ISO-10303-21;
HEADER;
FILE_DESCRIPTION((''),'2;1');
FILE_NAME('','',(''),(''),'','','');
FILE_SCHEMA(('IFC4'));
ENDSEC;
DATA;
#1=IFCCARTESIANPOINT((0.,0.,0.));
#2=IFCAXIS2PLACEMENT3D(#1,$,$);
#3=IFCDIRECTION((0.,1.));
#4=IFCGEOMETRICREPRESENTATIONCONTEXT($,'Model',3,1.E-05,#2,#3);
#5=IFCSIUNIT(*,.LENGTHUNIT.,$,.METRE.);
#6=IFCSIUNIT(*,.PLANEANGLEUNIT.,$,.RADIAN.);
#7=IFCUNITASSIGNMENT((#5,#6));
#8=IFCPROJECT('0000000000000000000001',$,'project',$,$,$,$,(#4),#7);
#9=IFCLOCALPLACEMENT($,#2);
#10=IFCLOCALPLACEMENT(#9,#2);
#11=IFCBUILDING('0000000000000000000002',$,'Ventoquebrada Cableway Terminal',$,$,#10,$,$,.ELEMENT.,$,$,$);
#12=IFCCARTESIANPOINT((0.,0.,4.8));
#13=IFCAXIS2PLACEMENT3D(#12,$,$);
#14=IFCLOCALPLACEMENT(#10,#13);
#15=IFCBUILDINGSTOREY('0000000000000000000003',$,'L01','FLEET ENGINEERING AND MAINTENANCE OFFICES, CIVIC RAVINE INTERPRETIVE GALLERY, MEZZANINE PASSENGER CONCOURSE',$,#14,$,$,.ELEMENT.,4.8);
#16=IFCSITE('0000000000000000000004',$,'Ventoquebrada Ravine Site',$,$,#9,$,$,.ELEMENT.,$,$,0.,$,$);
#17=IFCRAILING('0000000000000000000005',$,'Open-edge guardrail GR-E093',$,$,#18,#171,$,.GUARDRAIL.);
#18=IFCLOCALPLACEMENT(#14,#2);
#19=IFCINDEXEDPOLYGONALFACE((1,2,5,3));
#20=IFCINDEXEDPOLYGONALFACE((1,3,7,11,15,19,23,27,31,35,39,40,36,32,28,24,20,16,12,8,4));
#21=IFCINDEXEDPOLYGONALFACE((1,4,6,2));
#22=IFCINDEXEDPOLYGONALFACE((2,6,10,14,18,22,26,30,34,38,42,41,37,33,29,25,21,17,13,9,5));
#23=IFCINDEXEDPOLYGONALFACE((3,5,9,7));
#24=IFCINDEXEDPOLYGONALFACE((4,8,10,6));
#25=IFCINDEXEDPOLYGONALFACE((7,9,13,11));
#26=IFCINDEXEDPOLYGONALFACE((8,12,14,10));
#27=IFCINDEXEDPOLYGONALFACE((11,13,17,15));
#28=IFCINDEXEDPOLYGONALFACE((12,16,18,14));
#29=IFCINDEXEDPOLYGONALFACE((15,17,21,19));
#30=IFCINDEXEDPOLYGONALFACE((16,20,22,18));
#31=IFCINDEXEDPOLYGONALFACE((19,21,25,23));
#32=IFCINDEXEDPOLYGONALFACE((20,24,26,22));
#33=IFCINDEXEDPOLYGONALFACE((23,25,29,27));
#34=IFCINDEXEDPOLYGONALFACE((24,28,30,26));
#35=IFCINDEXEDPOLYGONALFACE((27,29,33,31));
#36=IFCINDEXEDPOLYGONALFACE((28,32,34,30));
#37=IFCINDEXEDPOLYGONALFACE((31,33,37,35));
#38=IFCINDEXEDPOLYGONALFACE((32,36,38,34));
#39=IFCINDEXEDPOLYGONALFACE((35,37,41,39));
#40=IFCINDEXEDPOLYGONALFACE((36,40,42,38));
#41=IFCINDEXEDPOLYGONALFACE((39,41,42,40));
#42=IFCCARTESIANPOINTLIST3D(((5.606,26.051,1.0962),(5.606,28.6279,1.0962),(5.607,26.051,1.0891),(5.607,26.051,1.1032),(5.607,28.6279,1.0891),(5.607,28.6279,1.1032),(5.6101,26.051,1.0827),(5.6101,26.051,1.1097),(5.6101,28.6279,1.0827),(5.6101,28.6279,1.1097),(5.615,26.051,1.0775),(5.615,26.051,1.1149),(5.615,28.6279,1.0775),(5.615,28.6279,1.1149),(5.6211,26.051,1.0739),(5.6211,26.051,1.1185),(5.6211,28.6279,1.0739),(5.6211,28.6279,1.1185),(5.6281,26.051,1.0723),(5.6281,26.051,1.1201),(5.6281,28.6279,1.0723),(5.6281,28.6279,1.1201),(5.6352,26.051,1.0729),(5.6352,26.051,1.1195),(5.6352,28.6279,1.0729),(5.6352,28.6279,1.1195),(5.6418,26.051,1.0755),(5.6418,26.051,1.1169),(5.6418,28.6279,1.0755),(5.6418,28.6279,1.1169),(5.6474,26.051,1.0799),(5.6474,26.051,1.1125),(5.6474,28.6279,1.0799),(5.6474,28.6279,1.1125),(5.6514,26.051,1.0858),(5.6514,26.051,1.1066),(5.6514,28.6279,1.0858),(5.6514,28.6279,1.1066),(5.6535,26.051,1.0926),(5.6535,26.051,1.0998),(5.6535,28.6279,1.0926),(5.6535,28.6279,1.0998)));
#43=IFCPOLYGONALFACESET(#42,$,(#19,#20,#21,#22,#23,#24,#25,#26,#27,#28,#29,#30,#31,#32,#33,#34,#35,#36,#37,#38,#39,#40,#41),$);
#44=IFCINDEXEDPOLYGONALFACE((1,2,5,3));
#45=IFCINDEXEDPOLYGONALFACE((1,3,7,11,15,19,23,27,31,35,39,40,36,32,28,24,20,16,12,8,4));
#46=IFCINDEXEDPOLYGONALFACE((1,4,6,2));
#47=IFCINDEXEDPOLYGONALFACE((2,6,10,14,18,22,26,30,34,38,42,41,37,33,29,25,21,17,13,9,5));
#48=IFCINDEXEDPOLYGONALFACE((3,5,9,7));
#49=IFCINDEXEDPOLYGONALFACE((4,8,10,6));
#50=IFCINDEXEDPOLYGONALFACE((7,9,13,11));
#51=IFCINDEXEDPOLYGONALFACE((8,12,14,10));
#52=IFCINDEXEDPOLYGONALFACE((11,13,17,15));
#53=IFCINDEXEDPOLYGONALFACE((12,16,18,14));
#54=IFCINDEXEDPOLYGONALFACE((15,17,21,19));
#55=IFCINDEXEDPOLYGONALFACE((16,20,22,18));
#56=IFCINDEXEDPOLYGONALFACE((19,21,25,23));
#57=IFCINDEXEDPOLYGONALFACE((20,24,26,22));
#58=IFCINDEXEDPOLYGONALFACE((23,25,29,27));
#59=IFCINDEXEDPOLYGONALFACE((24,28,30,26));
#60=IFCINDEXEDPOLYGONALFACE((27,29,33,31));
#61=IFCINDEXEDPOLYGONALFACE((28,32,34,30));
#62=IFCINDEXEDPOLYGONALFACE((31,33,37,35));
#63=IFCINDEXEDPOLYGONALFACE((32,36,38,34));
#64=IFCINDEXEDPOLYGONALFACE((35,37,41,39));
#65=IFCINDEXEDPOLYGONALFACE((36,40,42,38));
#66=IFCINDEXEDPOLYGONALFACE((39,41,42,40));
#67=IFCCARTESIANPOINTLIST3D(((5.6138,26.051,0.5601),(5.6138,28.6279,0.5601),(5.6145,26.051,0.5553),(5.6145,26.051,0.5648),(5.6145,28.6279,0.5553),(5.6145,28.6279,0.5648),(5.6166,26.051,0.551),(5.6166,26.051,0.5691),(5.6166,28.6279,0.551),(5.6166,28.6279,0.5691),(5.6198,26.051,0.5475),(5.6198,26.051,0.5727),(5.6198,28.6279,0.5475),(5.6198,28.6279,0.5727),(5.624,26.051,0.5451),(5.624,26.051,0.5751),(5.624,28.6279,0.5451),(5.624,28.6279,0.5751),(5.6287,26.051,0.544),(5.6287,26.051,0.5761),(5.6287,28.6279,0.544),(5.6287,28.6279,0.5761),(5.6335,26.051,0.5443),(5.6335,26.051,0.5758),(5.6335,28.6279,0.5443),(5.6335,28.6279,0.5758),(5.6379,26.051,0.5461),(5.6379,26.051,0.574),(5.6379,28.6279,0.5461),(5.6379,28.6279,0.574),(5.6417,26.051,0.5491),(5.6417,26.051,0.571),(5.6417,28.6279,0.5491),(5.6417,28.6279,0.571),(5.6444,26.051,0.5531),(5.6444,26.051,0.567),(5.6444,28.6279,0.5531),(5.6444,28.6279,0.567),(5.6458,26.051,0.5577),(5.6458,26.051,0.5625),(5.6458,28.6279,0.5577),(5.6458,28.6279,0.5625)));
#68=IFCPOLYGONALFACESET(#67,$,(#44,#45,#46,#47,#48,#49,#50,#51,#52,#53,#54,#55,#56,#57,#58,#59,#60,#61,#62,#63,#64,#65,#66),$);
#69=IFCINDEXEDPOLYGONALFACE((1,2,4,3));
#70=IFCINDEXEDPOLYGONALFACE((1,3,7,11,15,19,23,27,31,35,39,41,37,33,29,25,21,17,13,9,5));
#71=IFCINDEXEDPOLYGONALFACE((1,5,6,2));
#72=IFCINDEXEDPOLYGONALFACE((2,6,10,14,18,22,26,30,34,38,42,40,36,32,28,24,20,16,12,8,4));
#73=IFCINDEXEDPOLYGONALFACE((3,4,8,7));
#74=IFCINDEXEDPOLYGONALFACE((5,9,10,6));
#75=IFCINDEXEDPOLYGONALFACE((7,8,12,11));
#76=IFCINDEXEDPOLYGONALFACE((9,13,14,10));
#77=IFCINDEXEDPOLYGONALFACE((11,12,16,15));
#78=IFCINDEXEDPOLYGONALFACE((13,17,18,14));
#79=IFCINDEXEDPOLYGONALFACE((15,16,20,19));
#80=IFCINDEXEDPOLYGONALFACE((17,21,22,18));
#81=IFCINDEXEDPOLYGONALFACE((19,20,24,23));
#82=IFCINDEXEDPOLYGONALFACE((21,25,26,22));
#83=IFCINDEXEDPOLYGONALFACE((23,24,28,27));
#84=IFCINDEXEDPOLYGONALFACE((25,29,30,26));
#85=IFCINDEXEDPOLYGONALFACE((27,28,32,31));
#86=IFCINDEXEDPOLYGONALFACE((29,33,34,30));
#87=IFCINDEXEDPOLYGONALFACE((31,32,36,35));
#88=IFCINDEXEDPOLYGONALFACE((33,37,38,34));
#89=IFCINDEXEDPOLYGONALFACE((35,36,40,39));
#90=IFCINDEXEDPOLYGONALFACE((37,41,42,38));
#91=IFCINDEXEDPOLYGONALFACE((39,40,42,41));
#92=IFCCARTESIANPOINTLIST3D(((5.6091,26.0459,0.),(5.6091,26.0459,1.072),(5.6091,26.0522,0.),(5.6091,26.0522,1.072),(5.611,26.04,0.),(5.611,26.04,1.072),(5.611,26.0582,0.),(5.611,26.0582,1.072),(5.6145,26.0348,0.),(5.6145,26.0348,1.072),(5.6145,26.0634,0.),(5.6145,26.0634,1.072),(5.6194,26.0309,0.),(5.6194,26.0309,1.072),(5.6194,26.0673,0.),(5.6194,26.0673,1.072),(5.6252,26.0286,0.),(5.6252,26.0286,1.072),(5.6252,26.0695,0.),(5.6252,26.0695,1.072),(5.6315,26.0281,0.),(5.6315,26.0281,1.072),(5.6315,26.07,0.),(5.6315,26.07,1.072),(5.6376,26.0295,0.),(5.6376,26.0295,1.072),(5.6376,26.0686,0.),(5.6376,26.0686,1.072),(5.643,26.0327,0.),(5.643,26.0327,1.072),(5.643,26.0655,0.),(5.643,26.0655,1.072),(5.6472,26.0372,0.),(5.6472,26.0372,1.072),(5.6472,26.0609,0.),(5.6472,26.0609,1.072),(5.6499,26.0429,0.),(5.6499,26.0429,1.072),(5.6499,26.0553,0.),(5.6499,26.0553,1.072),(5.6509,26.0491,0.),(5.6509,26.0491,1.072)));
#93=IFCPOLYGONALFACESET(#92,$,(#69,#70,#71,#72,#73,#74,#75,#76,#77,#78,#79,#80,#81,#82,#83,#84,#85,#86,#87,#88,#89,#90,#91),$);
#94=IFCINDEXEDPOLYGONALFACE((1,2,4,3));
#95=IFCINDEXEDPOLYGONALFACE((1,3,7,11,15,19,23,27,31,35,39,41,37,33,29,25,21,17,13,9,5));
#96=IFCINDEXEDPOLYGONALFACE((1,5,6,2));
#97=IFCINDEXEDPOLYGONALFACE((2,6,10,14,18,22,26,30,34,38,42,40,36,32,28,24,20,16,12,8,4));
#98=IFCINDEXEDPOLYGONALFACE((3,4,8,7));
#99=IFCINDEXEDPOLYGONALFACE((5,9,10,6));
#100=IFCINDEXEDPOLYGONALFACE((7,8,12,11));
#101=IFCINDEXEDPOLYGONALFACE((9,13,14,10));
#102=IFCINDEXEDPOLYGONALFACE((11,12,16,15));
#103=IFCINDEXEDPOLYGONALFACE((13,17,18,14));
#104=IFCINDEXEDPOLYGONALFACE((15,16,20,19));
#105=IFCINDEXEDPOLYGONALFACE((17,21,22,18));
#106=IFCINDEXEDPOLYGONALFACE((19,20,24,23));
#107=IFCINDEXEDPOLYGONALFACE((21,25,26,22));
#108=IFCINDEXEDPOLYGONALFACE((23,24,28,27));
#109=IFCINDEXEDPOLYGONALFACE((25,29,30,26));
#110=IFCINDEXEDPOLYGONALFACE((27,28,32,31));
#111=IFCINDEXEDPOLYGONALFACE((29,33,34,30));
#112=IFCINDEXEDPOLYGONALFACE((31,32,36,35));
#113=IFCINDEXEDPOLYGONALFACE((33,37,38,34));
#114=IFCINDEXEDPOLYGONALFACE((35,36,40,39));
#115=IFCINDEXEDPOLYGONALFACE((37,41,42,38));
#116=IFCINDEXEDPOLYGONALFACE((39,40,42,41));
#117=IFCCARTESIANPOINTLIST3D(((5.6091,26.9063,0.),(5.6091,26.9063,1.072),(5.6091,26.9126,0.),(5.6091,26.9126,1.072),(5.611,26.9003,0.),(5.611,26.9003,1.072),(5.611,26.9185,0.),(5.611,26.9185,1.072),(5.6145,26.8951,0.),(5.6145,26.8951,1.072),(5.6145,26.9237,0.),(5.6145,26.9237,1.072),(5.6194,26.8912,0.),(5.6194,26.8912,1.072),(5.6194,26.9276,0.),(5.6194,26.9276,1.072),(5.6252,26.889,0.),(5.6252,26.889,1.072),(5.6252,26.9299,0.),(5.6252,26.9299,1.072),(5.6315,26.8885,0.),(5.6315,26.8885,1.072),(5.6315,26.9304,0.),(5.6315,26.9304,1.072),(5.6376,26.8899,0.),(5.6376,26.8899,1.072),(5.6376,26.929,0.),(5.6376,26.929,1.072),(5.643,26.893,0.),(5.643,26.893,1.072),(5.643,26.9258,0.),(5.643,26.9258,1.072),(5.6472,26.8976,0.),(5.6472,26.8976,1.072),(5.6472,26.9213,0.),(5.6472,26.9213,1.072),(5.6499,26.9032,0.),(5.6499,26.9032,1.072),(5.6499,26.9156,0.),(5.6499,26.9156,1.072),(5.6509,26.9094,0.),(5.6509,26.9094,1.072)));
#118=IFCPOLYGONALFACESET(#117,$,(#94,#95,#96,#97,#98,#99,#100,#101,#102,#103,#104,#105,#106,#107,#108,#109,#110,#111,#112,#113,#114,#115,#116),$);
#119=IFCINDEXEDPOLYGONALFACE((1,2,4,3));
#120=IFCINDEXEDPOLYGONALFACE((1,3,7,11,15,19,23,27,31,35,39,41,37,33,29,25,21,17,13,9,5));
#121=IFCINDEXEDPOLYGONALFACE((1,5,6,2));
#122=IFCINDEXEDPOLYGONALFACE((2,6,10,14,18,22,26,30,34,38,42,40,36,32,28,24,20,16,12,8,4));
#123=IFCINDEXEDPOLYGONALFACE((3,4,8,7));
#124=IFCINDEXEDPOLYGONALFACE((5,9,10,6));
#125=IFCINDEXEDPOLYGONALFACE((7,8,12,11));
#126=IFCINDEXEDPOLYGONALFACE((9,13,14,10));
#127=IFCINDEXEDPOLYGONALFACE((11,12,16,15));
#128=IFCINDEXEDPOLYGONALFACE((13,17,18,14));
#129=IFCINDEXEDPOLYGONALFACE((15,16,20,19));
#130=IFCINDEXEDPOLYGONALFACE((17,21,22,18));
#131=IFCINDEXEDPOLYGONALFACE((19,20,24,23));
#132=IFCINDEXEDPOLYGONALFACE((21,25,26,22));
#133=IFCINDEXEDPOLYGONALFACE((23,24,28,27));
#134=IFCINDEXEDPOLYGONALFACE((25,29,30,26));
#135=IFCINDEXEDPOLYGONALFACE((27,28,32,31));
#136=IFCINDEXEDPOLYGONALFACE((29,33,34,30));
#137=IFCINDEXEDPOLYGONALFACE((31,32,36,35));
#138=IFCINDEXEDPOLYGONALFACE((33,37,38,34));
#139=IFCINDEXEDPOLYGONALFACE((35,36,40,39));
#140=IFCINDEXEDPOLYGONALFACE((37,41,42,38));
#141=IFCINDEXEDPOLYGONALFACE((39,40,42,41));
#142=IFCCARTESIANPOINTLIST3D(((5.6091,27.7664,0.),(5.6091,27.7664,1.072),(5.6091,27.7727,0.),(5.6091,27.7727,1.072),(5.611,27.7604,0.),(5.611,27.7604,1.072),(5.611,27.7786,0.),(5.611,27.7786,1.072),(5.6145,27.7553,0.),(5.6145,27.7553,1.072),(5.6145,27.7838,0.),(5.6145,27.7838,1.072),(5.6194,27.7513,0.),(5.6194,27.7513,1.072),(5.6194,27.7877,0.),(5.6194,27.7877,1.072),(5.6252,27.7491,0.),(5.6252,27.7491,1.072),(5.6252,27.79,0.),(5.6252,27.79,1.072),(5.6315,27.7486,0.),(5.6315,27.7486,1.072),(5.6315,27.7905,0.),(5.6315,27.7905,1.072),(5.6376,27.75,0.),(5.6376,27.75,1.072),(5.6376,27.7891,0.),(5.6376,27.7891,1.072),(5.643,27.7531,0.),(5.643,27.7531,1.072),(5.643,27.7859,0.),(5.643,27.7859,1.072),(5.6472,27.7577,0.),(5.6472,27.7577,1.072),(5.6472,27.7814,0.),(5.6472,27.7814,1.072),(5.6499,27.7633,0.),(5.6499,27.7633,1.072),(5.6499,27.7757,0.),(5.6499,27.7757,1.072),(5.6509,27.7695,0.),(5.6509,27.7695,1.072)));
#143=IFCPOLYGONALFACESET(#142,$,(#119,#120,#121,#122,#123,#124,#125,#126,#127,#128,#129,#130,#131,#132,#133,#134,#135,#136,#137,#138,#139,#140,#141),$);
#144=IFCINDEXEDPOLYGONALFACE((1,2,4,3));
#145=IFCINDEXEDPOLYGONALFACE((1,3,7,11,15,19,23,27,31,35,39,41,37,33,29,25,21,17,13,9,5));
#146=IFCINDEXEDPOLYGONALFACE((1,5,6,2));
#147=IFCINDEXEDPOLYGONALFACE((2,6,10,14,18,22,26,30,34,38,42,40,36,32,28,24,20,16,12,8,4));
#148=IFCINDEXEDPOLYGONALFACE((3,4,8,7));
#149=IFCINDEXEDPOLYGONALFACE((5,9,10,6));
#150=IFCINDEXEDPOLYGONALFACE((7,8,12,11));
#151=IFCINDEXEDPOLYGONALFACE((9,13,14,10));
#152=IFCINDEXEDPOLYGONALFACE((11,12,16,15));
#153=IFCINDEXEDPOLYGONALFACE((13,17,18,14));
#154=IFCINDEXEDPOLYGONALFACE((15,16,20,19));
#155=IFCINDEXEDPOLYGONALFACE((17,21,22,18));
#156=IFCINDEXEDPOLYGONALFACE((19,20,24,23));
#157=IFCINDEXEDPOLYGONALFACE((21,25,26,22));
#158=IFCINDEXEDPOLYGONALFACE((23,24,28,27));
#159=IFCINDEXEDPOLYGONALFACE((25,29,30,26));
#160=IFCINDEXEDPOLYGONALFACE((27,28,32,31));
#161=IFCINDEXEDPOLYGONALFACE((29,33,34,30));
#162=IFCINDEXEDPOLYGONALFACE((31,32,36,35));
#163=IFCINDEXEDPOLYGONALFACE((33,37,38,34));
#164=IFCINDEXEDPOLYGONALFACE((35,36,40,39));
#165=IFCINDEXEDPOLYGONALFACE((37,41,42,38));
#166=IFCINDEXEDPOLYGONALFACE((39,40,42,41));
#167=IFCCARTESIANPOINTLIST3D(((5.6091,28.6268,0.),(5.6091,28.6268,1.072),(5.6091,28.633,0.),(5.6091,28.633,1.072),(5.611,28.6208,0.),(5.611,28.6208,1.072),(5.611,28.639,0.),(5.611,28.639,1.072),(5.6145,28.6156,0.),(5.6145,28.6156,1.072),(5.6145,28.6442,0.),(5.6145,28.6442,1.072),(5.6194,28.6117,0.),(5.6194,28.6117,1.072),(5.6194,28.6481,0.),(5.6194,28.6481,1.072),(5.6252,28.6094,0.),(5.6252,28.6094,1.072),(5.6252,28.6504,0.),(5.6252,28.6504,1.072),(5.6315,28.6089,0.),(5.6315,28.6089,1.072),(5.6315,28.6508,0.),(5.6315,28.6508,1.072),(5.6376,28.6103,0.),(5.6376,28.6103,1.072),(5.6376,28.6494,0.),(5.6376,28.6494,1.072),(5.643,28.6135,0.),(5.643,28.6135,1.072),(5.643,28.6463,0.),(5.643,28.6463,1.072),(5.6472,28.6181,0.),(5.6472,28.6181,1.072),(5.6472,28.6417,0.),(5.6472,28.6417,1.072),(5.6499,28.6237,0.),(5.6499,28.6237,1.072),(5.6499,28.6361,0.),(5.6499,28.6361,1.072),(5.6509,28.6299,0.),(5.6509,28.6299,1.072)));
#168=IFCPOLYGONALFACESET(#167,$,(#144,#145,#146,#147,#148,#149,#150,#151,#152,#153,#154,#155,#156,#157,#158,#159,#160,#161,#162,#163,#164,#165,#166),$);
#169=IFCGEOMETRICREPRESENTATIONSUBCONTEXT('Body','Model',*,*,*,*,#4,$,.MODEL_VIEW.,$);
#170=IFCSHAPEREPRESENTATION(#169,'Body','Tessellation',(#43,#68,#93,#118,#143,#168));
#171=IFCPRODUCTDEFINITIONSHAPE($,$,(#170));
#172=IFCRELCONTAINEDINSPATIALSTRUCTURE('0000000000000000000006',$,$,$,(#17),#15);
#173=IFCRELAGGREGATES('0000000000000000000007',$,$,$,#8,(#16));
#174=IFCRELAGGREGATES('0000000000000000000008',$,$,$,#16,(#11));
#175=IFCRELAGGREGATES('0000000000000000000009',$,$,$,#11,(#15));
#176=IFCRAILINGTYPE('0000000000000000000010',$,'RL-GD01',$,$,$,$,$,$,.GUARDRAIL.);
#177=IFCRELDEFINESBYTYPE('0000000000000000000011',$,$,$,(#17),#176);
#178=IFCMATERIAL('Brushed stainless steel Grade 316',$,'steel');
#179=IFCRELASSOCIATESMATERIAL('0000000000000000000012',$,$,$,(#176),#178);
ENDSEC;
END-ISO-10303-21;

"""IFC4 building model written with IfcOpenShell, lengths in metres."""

from ifc_helpers import new_model, si_unit, direction, frame, origin, origin_2d, place, context, subcontext, project, spatial, circle, extrude, material, type_object, element, save


model = new_model("IFC4")

# Units and contexts
model_context = context("Model", 3, precision=1e-05, world=origin(), true_north=direction((0.0, 1.0)))
body_context = subcontext(model_context, "Body", "Model", "MODEL_VIEW")
ifc_project = project(units=[si_unit("LENGTHUNIT", "METRE"), si_unit("PLANEANGLEUNIT", "RADIAN")], contexts=[model_context])

# Site, building, storey
site_placement = place(None, origin())
site = spatial("IfcSite", under=ifc_project, at=site_placement, Name="Ventoquebrada Ravine Site", CompositionType="ELEMENT", RefElevation=0.0)
building_placement = place(site_placement, origin())
building = spatial("IfcBuilding", under=site, at=building_placement, Name="Ventoquebrada Cableway Terminal", CompositionType="ELEMENT")
storey_placement = place(building_placement, frame((0.0, 0.0, 4.8)))
storey = spatial("IfcBuildingStorey", under=building, at=storey_placement, Name="L01", Description="FLEET ENGINEERING AND MAINTENANCE OFFICES, CIVIC RAVINE INTERPRETIVE GALLERY, MEZZANINE PASSENGER CONCOURSE", CompositionType="ELEMENT", Elevation=4.8)

# Shared definitions
ifc_material_1 = material(Name="Brushed stainless steel Grade 316", Category="steel")

# Railing
railing_type = type_object("IfcRailingType", Name="RL-GD01", PredefinedType="GUARDRAIL", material=ifc_material_1)
railing_1_placement = place(storey_placement, frame((5.6299, 26.0491, 0.0)))
element("IfcRailing", 1, at=railing_1_placement, inside=storey, type_object=railing_type, Name="Open-edge guardrail GR-E093", PredefinedType="GUARDRAIL", context=body_context, shape_type="SweptSolid", body=[
    extrude(circle(Radius=0.0239, at=origin_2d()), frame((0.0, 0.002, 1.0962), z_axis=(0.0, 1.0, 0.0), x_axis=(-1.0, 0.0, 0.0)), (0.0, 0.0, 1.0), 2.5769),
    extrude(circle(Radius=0.0161, at=origin_2d()), frame((0.0, 0.002, 0.5601), z_axis=(0.0, 1.0, 0.0), x_axis=(-1.0, 0.0, 0.0)), (0.0, 0.0, 1.0), 2.5769),
    extrude(circle(Radius=0.021, at=origin_2d()), origin(), (0.0, 0.0, 1.0), 1.072),
    extrude(circle(Radius=0.021, at=origin_2d()), frame((0.0, 0.8604, 0.0)), (0.0, 0.0, 1.0), 1.072),
    extrude(circle(Radius=0.021, at=origin_2d()), frame((0.0, 1.7205, 0.0)), (0.0, 0.0, 1.0), 1.072),
    extrude(circle(Radius=0.021, at=origin_2d()), frame((0.0, 2.5808, 0.0)), (0.0, 0.0, 1.0), 1.072),
])

save(model, "model.ifc")
